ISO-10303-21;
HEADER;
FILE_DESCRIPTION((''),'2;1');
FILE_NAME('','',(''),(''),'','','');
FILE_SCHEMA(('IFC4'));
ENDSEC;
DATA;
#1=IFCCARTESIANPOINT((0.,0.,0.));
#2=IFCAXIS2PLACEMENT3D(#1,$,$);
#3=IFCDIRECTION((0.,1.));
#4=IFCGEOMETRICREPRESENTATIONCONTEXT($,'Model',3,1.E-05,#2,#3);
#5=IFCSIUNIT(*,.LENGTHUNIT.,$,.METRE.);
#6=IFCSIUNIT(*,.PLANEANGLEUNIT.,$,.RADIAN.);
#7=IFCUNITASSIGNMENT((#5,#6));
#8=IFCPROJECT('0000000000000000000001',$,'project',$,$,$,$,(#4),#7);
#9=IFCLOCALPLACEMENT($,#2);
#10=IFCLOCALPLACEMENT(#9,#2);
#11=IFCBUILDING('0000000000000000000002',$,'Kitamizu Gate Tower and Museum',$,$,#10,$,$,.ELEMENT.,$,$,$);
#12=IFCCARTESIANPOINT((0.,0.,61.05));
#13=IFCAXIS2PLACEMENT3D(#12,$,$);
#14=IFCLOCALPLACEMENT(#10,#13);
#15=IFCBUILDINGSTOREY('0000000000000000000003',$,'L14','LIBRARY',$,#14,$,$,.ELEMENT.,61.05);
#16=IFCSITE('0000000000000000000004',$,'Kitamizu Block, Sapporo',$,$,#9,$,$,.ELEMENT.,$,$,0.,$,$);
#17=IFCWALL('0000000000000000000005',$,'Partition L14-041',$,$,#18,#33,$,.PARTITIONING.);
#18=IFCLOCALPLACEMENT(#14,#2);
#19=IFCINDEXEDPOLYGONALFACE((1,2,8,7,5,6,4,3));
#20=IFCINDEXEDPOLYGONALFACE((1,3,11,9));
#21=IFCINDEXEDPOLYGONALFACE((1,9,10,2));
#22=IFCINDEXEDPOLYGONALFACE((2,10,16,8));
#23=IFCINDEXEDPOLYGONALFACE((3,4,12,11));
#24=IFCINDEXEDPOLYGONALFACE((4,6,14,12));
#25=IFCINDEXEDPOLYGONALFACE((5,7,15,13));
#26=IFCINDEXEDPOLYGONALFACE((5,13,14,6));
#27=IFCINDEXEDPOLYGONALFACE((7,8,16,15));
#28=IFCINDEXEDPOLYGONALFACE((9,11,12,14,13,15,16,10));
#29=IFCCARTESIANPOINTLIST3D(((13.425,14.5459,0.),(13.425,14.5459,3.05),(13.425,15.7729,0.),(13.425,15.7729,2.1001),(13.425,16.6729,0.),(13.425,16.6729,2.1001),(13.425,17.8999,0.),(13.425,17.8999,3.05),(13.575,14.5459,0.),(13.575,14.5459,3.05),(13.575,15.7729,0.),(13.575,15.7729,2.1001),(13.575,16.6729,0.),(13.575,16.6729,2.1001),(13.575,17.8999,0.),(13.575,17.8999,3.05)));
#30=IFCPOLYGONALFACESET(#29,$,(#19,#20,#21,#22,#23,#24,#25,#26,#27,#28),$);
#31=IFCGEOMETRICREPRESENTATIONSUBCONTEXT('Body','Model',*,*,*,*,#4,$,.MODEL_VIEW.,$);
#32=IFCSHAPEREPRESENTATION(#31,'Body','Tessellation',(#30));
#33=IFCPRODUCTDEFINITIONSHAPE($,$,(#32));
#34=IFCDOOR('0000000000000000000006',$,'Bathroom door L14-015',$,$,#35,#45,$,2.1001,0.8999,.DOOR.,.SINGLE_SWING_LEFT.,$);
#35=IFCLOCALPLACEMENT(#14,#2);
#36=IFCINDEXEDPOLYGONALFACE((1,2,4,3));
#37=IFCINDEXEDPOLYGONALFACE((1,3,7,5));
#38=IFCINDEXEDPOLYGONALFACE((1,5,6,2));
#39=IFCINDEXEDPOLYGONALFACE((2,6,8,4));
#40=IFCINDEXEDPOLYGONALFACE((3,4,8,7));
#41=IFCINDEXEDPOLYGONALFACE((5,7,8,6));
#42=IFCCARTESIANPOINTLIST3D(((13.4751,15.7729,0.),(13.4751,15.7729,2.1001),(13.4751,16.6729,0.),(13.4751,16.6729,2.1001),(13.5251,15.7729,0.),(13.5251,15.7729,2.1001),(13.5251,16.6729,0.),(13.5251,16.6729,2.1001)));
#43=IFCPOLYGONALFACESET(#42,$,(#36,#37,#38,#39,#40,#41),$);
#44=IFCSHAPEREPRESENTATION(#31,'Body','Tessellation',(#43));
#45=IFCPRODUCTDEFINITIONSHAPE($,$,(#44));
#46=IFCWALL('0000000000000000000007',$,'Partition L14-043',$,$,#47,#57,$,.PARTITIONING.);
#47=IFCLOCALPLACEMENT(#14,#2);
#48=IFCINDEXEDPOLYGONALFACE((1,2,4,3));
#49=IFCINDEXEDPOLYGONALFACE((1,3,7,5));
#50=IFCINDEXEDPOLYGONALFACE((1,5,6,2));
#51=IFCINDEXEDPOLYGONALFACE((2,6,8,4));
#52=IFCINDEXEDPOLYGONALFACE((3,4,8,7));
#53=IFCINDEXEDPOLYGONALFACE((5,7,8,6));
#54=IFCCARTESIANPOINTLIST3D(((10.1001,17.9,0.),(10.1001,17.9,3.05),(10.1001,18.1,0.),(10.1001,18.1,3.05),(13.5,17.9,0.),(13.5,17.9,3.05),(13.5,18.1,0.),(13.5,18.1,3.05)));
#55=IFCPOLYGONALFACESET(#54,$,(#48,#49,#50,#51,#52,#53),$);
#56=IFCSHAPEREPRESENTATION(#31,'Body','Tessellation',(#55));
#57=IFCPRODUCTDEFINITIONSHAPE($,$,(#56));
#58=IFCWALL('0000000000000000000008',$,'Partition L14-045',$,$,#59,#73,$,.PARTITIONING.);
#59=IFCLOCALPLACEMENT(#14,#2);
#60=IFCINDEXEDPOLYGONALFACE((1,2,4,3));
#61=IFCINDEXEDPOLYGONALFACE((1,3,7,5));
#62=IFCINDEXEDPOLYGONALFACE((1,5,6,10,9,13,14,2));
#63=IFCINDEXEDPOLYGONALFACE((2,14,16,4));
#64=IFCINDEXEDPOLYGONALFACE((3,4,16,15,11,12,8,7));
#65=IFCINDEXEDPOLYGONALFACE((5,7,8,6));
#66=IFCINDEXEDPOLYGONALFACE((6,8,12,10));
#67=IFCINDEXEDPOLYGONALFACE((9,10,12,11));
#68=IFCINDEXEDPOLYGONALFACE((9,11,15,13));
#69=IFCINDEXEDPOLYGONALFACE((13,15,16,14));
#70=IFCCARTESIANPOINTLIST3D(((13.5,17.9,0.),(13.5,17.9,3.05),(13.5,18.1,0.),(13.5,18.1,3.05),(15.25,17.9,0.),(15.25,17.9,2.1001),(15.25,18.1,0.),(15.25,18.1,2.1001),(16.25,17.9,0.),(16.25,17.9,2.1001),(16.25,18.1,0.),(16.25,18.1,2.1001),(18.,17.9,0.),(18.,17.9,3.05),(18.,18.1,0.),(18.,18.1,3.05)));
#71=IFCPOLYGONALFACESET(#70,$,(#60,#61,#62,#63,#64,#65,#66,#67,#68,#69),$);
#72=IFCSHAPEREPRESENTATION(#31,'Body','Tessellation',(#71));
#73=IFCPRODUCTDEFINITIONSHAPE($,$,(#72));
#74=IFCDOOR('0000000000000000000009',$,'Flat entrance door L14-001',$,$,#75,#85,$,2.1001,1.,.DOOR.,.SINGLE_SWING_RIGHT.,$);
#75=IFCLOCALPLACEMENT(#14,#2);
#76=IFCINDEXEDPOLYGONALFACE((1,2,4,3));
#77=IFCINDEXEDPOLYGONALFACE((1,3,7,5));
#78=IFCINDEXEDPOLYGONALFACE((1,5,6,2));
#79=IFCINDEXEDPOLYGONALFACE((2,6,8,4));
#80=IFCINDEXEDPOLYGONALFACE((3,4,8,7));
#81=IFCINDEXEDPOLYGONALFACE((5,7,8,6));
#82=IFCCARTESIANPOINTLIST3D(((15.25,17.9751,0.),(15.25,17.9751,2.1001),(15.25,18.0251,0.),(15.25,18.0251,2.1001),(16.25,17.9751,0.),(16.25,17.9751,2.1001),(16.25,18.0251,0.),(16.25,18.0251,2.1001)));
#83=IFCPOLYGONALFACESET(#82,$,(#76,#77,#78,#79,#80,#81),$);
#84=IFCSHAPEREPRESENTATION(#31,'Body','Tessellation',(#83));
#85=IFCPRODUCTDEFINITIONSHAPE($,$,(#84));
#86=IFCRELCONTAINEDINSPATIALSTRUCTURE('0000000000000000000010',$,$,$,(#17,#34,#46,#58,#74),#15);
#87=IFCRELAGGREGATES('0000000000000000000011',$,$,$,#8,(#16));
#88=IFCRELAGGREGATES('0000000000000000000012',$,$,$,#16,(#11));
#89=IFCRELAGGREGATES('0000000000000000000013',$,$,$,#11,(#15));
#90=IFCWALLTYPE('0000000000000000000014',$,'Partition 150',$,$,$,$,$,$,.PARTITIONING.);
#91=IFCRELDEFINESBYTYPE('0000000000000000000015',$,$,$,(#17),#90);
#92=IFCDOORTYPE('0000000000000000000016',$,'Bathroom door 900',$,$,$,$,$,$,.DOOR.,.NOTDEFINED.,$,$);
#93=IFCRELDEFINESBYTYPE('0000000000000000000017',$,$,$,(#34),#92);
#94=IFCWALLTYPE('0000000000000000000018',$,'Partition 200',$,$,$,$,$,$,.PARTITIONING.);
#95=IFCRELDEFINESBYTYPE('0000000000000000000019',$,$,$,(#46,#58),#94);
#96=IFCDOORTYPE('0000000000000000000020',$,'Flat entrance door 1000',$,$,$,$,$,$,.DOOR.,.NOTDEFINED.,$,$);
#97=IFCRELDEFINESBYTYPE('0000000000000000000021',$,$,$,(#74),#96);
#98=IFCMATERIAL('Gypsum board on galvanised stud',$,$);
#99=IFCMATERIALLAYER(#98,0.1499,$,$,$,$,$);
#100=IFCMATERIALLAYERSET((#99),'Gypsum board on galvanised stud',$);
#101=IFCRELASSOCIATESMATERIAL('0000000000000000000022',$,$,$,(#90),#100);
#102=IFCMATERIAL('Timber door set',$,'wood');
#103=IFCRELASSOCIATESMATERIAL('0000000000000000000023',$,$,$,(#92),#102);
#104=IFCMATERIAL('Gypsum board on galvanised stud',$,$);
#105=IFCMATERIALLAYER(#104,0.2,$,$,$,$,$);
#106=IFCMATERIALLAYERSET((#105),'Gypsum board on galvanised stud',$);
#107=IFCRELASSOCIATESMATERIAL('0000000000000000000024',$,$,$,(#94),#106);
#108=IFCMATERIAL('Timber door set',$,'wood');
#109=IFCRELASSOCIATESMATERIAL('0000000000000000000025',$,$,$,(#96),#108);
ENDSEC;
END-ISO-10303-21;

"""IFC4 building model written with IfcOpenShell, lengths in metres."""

from ifc_helpers import new_model, si_unit, direction, frame, frame_2d, origin, place, context, subcontext, project, spatial, rectangle, extrude, material, layer, layer_set, type_object, element, fill, save


model = new_model("IFC4")

# Units and contexts
model_context = context("Model", 3, precision=1e-05, world=origin(), true_north=direction((0.0, 1.0)))
body_context = subcontext(model_context, "Body", "Model", "MODEL_VIEW")
ifc_project = project(units=[si_unit("LENGTHUNIT", "METRE"), si_unit("PLANEANGLEUNIT", "RADIAN")], contexts=[model_context])

# Site, building, storey
site_placement = place(None, origin())
site = spatial("IfcSite", under=ifc_project, at=site_placement, Name="Kitamizu Block, Sapporo", CompositionType="ELEMENT", RefElevation=0.0)
building_placement = place(site_placement, origin())
building = spatial("IfcBuilding", under=site, at=building_placement, Name="Kitamizu Gate Tower and Museum", CompositionType="ELEMENT")
storey_placement = place(building_placement, frame((0.0, 0.0, 61.05)))
storey = spatial("IfcBuildingStorey", under=building, at=storey_placement, Name="L14", Description="LIBRARY", CompositionType="ELEMENT", Elevation=61.05)

# Shared definitions
ifc_material_1 = material(Name="Gypsum board on galvanised stud")
ifc_layer_1 = layer(ifc_material_1, 0.1499)
ifc_layer_set_1 = layer_set([ifc_layer_1], Name="Gypsum board on galvanised stud")
wall_type_1 = type_object("IfcWallType", Name="Partition 150", PredefinedType="PARTITIONING", material=ifc_layer_set_1)

# Wall, opening, door
wall_1_placement = place(storey_placement, frame((13.5, 14.5459, 0.0), z_axis=(0.0, 0.0, 1.0), x_axis=(0.0, 1.0, 0.0)))
wall_1 = element("IfcWall", 1, at=wall_1_placement, inside=storey, type_object=wall_type_1, Name="Partition L14-041", PredefinedType="PARTITIONING", context=body_context, shape_type="SweptSolid", body=[
    extrude(rectangle(XDim=3.354, YDim=0.1499, at=frame_2d((1.677, 0.0))), origin(), (0.0, 0.0, 1.0), 3.05),
])
opening_1_placement = place(wall_1_placement, frame((1.2271, 0.0, 0.0)))
opening_1 = element("IfcOpeningElement", 2, at=opening_1_placement, cuts=wall_1, PredefinedType="OPENING", context=body_context, shape_type="SweptSolid", body=[
    extrude(rectangle(XDim=0.8999, YDim=2.1001, at=frame_2d((0.45, 1.05))), frame((0.0, 0.085, 0.0), z_axis=(0.0, -1.0, 0.0), x_axis=(1.0, 0.0, 0.0)), (0.0, 0.0, 1.0), 0.1699),
])
ifc_material_2 = material(Name="Timber door set", Category="wood")
door_type_1 = type_object("IfcDoorType", Name="Bathroom door 900", OperationType="NOTDEFINED", PredefinedType="DOOR", material=ifc_material_2)
door_1_placement = place(opening_1_placement, origin())
door_1 = element("IfcDoor", 3, at=door_1_placement, inside=storey, type_object=door_type_1, Name="Bathroom door L14-015", OperationType="SINGLE_SWING_LEFT", OverallHeight=2.1001, OverallWidth=0.8999, PredefinedType="DOOR", context=body_context, shape_type="SweptSolid", body=[
    extrude(rectangle(XDim=0.8999, YDim=2.1001, at=frame_2d((0.45, 1.05))), frame((0.0, 0.0249, 0.0), z_axis=(0.0, -1.0, 0.0), x_axis=(1.0, 0.0, 0.0)), (0.0, 0.0, 1.0), 0.05),
])
fill(opening_1, door_1)

# Wall
ifc_material_3 = material(Name="Gypsum board on galvanised stud")
ifc_layer_2 = layer(ifc_material_3, 0.2)
ifc_layer_set_2 = layer_set([ifc_layer_2], Name="Gypsum board on galvanised stud")
wall_type_2 = type_object("IfcWallType", Name="Partition 200", PredefinedType="PARTITIONING", material=ifc_layer_set_2)
wall_2_placement = place(storey_placement, frame((13.5, 18.0, 0.0), z_axis=(0.0, 0.0, 1.0), x_axis=(-1.0, 0.0, 0.0)))
element("IfcWall", 4, at=wall_2_placement, inside=storey, type_object=wall_type_2, Name="Partition L14-043", PredefinedType="PARTITIONING", context=body_context, shape_type="SweptSolid", body=[
    extrude(rectangle(XDim=3.3999, YDim=0.2, at=frame_2d((1.7, 0.0))), origin(), (0.0, 0.0, 1.0), 3.05),
])

# Wall, opening, door
wall_3_placement = place(storey_placement, frame((18.0, 18.0, 0.0), z_axis=(0.0, 0.0, 1.0), x_axis=(-1.0, 0.0, 0.0)))
wall_3 = element("IfcWall", 5, at=wall_3_placement, inside=storey, type_object=wall_type_2, Name="Partition L14-045", PredefinedType="PARTITIONING", context=body_context, shape_type="SweptSolid", body=[
    extrude(rectangle(XDim=4.5, YDim=0.2, at=frame_2d((2.25, 0.0))), origin(), (0.0, 0.0, 1.0), 3.05),
])
opening_2_placement = place(wall_3_placement, frame((1.75, 0.0, 0.0)))
opening_2 = element("IfcOpeningElement", 6, at=opening_2_placement, cuts=wall_3, PredefinedType="OPENING", context=body_context, shape_type="SweptSolid", body=[
    extrude(rectangle(XDim=1.0, YDim=2.1001, at=frame_2d((0.5, 1.05))), frame((0.0, 0.1099, 0.0), z_axis=(0.0, -1.0, 0.0), x_axis=(1.0, 0.0, 0.0)), (0.0, 0.0, 1.0), 0.22),
])
ifc_material_4 = material(Name="Timber door set", Category="wood")
door_type_2 = type_object("IfcDoorType", Name="Flat entrance door 1000", OperationType="NOTDEFINED", PredefinedType="DOOR", material=ifc_material_4)
door_2_placement = place(opening_2_placement, origin())
door_2 = element("IfcDoor", 7, at=door_2_placement, inside=storey, type_object=door_type_2, Name="Flat entrance door L14-001", OperationType="SINGLE_SWING_RIGHT", OverallHeight=2.1001, OverallWidth=1.0, PredefinedType="DOOR", context=body_context, shape_type="SweptSolid", body=[
    extrude(rectangle(XDim=1.0, YDim=2.1001, at=frame_2d((0.5, 1.05))), frame((0.0, 0.0249, 0.0), z_axis=(0.0, -1.0, 0.0), x_axis=(1.0, 0.0, 0.0)), (0.0, 0.0, 1.0), 0.05),
])
fill(opening_2, door_2)

save(model, "model.ifc")
